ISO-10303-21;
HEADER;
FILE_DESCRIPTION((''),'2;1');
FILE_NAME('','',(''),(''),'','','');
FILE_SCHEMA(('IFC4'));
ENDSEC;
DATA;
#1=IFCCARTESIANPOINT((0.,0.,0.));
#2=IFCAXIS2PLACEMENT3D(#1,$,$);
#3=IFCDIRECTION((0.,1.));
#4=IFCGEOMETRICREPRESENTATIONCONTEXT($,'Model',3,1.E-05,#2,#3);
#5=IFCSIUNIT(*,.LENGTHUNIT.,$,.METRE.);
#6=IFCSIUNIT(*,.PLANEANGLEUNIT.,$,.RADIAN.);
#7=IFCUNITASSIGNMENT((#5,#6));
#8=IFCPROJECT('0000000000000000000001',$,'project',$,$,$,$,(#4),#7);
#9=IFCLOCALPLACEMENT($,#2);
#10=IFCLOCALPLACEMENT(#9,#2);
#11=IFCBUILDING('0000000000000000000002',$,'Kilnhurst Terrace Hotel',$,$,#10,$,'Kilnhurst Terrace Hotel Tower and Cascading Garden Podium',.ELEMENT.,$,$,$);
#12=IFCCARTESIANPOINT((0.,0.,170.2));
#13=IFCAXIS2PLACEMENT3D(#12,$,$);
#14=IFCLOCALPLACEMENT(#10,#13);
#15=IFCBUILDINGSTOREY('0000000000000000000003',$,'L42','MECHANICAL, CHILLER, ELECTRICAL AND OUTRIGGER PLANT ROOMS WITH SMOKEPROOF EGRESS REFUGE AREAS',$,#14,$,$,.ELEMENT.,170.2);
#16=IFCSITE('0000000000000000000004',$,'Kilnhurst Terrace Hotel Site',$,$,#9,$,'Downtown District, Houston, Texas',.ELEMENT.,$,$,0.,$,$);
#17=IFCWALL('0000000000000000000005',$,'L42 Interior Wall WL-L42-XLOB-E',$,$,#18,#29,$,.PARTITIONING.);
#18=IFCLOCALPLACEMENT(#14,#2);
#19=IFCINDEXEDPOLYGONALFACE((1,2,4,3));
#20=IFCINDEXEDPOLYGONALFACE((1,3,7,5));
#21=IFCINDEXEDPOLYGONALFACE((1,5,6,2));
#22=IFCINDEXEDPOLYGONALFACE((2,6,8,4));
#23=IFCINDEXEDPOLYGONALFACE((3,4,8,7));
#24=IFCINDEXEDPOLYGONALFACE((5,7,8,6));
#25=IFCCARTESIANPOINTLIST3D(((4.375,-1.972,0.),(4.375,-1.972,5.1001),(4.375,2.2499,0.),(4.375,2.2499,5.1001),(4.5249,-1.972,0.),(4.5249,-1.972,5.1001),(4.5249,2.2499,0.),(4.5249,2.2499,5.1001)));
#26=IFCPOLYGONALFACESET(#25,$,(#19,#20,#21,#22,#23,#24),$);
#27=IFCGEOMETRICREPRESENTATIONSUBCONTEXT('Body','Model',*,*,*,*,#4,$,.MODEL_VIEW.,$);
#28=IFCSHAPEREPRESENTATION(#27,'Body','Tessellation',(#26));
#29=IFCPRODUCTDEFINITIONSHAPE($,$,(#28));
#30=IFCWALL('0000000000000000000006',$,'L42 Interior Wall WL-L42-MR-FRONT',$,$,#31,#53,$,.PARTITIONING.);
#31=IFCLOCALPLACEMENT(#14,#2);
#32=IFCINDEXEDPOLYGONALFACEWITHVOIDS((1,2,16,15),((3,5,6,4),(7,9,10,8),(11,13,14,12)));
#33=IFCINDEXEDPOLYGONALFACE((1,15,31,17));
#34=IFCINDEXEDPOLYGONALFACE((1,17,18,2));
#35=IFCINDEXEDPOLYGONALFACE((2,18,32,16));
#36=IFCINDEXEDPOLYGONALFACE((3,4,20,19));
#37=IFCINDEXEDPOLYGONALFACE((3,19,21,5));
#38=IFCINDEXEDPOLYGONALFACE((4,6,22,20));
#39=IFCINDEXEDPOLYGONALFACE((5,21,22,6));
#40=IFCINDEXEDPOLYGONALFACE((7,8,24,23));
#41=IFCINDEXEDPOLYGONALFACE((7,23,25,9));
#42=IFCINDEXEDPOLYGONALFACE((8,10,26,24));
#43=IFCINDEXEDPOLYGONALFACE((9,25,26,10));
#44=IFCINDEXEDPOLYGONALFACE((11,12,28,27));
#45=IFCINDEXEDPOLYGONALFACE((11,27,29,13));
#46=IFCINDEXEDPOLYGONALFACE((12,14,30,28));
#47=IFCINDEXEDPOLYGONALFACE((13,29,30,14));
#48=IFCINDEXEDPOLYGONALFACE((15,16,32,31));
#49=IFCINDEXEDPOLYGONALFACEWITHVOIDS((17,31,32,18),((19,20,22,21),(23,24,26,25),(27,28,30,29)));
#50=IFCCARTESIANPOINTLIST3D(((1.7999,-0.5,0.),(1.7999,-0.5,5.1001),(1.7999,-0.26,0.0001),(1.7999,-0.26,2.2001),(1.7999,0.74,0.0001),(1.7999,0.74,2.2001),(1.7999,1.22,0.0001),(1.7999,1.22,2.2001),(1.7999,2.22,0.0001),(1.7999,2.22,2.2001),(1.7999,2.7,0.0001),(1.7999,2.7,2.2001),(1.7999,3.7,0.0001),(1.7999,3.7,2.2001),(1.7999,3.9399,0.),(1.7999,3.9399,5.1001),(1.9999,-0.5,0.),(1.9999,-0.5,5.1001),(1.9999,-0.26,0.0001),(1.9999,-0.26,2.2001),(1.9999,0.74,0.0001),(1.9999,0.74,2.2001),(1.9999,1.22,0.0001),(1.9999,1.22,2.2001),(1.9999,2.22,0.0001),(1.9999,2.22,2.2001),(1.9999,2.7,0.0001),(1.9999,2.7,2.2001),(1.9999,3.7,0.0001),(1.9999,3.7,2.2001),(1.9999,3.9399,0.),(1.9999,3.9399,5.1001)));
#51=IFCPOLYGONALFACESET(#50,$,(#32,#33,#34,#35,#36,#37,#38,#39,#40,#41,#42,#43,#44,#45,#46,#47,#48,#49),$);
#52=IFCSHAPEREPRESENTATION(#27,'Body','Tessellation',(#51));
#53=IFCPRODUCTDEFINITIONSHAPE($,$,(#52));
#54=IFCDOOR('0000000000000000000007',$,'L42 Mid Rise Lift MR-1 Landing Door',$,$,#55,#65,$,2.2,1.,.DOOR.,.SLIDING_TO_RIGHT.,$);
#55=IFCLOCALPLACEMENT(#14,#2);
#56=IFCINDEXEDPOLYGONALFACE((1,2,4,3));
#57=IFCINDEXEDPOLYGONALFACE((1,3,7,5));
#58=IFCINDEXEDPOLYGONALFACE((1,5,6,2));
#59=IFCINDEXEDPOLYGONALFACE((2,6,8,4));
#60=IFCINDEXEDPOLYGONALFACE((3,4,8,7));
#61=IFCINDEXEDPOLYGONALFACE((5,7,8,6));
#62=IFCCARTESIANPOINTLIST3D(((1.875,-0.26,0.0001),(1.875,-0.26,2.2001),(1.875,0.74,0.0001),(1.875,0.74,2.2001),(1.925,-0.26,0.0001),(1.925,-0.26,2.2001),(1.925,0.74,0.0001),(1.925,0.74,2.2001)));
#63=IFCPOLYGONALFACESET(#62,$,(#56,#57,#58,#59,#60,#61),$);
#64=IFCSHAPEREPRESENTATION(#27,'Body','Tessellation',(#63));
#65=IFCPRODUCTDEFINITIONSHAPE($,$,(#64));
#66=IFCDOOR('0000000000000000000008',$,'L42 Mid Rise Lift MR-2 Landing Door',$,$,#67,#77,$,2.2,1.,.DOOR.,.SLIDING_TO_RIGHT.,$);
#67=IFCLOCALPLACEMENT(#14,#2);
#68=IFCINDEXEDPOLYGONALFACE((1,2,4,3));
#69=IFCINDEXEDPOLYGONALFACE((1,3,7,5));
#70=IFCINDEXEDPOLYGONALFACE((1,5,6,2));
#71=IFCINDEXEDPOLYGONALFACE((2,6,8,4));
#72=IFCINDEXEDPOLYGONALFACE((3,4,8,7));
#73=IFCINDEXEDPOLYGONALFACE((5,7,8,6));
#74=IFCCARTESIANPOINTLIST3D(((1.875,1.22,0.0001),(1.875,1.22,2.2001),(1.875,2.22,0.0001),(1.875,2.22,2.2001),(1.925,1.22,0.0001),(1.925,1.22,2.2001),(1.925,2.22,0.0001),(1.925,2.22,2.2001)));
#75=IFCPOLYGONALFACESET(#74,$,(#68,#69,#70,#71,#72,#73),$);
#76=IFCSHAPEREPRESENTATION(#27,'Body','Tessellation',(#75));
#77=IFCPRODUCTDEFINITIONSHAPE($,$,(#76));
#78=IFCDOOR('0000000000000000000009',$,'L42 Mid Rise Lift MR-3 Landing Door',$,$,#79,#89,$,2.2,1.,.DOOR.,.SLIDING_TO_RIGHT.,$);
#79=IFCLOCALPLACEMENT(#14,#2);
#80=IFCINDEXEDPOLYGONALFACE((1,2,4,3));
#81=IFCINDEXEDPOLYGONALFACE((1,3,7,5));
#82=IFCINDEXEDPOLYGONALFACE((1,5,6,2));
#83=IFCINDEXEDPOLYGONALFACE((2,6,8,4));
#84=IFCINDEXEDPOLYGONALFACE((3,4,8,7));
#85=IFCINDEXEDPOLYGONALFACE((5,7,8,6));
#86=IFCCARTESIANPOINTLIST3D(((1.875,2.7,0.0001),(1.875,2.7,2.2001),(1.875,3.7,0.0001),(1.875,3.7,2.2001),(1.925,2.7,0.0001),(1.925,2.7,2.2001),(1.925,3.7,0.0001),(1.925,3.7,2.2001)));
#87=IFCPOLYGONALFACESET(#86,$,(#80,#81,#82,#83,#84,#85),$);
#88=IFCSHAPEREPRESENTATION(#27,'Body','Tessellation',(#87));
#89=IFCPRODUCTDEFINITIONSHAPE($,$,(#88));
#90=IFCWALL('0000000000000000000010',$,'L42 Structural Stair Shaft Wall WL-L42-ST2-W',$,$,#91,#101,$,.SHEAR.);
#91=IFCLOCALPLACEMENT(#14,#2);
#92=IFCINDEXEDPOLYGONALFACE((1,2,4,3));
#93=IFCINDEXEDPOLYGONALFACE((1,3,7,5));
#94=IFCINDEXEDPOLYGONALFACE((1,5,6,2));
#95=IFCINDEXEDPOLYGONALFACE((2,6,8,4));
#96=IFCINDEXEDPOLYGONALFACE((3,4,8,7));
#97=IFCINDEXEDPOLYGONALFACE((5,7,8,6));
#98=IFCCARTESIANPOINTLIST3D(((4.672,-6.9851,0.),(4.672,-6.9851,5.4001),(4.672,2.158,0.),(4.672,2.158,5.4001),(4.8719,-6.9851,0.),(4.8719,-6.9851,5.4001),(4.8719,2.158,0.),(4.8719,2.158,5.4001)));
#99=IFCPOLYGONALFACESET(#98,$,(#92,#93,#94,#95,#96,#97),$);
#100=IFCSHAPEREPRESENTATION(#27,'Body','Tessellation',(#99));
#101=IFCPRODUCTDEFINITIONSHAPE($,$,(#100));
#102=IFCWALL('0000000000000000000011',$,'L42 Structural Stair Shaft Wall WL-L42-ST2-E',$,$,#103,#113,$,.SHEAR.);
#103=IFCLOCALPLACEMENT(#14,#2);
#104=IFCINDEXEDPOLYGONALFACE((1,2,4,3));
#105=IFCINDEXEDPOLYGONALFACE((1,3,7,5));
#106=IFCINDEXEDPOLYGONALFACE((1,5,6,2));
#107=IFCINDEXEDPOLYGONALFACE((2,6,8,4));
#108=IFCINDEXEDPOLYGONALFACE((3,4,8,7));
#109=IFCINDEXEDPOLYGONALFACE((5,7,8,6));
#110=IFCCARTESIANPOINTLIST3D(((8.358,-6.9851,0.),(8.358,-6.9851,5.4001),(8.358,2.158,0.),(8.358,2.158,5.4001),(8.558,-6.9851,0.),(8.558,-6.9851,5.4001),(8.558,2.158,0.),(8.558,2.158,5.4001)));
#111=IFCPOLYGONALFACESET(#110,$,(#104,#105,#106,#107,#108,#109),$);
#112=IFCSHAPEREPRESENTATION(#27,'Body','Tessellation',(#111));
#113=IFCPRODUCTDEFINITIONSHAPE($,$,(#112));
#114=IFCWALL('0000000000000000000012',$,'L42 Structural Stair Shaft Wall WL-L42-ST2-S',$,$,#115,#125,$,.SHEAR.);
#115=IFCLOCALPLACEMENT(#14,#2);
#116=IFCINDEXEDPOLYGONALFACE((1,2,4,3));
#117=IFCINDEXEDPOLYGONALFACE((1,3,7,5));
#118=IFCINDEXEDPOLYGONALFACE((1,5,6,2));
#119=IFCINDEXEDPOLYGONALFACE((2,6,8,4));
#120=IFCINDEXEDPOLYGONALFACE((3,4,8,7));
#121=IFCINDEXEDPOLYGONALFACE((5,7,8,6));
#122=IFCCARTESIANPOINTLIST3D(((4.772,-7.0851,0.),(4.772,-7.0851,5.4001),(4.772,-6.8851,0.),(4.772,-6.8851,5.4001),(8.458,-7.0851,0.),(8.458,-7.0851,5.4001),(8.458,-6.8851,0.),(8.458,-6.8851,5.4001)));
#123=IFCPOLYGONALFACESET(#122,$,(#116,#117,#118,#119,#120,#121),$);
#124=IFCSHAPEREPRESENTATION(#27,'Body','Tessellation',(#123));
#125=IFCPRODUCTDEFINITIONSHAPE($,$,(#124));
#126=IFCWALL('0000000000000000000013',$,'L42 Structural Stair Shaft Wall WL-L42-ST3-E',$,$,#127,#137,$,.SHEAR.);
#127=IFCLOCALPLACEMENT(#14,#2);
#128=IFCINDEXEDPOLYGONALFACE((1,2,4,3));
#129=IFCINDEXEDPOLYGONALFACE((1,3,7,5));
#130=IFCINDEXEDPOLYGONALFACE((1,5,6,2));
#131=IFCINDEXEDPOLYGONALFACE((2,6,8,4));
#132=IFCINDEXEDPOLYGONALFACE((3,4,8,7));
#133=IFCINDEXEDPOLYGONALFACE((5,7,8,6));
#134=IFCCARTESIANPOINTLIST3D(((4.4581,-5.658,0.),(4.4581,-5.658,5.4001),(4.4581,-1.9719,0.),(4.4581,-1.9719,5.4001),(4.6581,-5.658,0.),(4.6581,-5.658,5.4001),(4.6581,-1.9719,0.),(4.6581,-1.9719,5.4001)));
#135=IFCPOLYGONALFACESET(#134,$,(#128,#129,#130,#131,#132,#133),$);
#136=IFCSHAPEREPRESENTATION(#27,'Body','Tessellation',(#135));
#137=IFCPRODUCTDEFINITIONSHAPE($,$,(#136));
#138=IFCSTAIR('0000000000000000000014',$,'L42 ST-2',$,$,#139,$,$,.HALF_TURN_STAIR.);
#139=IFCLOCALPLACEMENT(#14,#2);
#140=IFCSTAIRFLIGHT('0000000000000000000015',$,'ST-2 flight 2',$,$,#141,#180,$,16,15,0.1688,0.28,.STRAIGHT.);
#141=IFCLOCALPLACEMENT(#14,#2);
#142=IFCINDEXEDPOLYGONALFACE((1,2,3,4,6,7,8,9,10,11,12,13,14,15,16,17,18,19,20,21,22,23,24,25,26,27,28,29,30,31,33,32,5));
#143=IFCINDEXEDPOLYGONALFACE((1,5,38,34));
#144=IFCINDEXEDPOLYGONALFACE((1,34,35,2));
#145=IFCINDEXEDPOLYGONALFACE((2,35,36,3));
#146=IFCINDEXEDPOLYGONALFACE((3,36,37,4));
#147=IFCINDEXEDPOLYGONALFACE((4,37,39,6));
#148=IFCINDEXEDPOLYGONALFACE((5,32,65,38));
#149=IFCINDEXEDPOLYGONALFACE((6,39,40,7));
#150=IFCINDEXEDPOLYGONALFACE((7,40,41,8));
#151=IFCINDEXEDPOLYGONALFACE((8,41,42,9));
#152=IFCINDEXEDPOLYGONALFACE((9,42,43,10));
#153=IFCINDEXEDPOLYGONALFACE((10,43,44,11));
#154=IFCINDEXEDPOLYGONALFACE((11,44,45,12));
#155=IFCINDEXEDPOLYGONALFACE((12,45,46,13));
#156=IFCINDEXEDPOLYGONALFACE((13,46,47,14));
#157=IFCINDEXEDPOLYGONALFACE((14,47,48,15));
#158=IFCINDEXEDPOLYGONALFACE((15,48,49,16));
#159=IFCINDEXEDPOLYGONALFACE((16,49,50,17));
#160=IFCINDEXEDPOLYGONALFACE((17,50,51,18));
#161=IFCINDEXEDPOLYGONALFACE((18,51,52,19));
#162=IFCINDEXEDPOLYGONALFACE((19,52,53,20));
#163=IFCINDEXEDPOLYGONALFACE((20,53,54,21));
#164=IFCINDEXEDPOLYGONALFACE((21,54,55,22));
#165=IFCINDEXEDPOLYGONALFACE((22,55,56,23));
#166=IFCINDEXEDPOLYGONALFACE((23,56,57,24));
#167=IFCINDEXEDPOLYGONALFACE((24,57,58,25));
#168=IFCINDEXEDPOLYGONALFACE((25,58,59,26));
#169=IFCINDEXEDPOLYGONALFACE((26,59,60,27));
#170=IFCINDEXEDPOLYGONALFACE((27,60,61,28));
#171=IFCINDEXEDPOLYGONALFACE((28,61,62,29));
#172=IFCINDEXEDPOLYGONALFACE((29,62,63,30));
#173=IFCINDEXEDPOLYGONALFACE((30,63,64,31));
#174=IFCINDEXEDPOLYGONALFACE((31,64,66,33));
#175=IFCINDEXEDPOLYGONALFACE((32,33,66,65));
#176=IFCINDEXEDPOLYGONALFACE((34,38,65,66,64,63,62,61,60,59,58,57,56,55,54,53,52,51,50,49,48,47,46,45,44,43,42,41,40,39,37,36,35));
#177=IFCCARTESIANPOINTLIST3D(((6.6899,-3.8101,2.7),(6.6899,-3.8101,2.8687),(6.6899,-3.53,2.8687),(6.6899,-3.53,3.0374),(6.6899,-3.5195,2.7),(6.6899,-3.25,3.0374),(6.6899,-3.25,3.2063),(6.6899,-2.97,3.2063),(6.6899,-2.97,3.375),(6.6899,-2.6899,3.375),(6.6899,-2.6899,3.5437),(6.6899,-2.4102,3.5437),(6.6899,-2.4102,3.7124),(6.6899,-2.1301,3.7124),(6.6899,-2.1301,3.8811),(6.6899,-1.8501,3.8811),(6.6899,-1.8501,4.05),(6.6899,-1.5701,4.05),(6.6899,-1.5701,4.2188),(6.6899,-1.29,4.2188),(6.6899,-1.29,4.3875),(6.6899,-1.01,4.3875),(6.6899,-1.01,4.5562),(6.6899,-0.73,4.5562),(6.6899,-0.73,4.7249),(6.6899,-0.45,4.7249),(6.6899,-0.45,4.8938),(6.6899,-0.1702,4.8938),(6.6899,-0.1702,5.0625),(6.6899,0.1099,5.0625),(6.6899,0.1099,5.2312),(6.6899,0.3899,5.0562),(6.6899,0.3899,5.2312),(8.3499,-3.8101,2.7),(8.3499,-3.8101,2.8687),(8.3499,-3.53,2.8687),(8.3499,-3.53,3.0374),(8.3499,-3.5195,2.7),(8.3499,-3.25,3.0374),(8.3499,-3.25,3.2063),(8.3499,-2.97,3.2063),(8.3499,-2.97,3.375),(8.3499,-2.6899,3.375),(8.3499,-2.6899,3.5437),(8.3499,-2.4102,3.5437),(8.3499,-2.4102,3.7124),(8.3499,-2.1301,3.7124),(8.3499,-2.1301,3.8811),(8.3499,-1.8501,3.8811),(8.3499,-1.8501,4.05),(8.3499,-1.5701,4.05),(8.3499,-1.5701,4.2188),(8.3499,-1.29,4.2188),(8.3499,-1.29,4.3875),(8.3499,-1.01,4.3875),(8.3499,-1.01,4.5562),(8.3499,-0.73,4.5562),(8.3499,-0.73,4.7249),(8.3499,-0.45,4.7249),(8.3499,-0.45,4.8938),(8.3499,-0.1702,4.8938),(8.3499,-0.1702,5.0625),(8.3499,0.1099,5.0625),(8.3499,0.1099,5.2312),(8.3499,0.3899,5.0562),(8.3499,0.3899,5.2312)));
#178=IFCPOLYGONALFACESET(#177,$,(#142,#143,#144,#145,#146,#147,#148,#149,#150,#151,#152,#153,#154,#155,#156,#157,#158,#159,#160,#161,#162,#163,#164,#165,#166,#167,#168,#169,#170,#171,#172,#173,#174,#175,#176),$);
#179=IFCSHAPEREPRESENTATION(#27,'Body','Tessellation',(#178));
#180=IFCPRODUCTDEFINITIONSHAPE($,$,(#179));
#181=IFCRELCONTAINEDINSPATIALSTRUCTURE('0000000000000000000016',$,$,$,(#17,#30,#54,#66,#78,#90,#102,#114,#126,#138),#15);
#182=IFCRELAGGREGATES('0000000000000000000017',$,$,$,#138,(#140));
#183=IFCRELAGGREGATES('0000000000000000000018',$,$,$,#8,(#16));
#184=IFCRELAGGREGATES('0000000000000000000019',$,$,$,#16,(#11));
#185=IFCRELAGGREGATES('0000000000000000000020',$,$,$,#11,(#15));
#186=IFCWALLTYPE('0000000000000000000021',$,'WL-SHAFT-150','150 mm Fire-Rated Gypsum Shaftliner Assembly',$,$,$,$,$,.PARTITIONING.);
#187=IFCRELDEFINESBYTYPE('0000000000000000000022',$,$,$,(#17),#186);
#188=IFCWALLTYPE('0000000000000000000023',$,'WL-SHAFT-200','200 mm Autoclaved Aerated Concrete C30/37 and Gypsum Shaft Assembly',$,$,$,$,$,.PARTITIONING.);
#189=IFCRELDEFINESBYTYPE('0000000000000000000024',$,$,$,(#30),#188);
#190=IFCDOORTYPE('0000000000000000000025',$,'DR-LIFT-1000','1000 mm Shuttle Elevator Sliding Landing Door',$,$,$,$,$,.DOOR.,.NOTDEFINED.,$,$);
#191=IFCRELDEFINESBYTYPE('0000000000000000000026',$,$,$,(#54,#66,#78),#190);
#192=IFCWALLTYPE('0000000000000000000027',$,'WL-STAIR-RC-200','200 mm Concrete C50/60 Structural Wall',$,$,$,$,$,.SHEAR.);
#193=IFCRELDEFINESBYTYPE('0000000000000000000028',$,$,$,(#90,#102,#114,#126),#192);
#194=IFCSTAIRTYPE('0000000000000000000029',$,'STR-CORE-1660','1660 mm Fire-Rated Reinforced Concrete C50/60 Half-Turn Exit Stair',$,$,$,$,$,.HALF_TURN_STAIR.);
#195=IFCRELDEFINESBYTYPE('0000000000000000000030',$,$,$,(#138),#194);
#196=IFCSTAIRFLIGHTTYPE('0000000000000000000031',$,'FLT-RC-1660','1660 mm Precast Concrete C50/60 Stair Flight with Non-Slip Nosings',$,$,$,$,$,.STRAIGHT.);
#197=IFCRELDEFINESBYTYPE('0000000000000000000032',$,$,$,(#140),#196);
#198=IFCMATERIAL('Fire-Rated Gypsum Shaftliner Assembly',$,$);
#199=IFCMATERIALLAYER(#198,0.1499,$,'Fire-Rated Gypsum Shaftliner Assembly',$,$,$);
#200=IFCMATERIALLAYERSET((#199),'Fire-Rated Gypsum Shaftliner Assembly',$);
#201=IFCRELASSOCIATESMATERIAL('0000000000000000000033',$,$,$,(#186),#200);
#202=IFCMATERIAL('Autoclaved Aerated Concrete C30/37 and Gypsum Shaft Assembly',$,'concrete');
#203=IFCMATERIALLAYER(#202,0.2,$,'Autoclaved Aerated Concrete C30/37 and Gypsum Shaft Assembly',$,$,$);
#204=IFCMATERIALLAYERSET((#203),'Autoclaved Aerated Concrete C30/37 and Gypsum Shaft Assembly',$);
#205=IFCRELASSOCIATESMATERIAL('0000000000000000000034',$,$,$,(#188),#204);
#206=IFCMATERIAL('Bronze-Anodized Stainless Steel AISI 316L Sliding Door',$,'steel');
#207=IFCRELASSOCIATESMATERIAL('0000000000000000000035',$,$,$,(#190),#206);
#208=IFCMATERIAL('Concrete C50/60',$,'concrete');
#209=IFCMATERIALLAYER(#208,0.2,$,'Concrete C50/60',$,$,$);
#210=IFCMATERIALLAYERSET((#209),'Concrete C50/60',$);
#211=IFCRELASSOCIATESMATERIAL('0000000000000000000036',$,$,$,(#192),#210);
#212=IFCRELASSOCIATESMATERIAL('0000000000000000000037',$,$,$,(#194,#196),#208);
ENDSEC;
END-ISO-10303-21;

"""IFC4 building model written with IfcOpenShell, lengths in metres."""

from ifc_helpers import new_model, si_unit, direction, frame, frame_2d, origin, place, context, subcontext, project, spatial, polyline, rectangle, outline, extrude, material, layer, layer_set, type_object, element, fill, aggregate, save


model = new_model("IFC4")

# Units and contexts
model_context = context("Model", 3, precision=1e-05, world=origin(), true_north=direction((0.0, 1.0)))
body_context = subcontext(model_context, "Body", "Model", "MODEL_VIEW")
ifc_project = project(units=[si_unit("LENGTHUNIT", "METRE"), si_unit("PLANEANGLEUNIT", "RADIAN")], contexts=[model_context])

# Site, building, storey
site_placement = place(None, origin())
site = spatial("IfcSite", under=ifc_project, at=site_placement, Name="Kilnhurst Terrace Hotel Site", LongName="Downtown District, Houston, Texas", CompositionType="ELEMENT", RefElevation=0.0)
building_placement = place(site_placement, origin())
building = spatial("IfcBuilding", under=site, at=building_placement, Name="Kilnhurst Terrace Hotel", LongName="Kilnhurst Terrace Hotel Tower and Cascading Garden Podium", CompositionType="ELEMENT")
storey_placement = place(building_placement, frame((0.0, 0.0, 170.2)))
storey = spatial("IfcBuildingStorey", under=building, at=storey_placement, Name="L42", Description="MECHANICAL, CHILLER, ELECTRICAL AND OUTRIGGER PLANT ROOMS WITH SMOKEPROOF EGRESS REFUGE AREAS", CompositionType="ELEMENT", Elevation=170.2)

# Shared definitions
ifc_material_1 = material(Name="Concrete C50/60", Category="concrete")

# Wall
ifc_material_2 = material(Name="Fire-Rated Gypsum Shaftliner Assembly")
ifc_layer_1 = layer(ifc_material_2, 0.1499, Name="Fire-Rated Gypsum Shaftliner Assembly")
ifc_layer_set_1 = layer_set([ifc_layer_1], Name="Fire-Rated Gypsum Shaftliner Assembly")
wall_type_1 = type_object("IfcWallType", Name="WL-SHAFT-150", Description="150 mm Fire-Rated Gypsum Shaftliner Assembly", PredefinedType="PARTITIONING", material=ifc_layer_set_1)
wall_1_placement = place(storey_placement, frame((4.45, -1.9719, 0.0), z_axis=(0.0, 0.0, 1.0), x_axis=(0.0, 1.0, 0.0)))
element("IfcWall", 1, at=wall_1_placement, inside=storey, type_object=wall_type_1, Name="L42 Interior Wall WL-L42-XLOB-E", PredefinedType="PARTITIONING", context=body_context, shape_type="SweptSolid", body=[
    extrude(rectangle(XDim=4.2219, YDim=0.1499, at=frame_2d((2.1108, 0.0))), origin(), (0.0, 0.0, 1.0), 5.1001),
])

# Wall, openings, doors
ifc_material_3 = material(Name="Autoclaved Aerated Concrete C30/37 and Gypsum Shaft Assembly", Category="concrete")
ifc_layer_2 = layer(ifc_material_3, 0.2, Name="Autoclaved Aerated Concrete C30/37 and Gypsum Shaft Assembly")
ifc_layer_set_2 = layer_set([ifc_layer_2], Name="Autoclaved Aerated Concrete C30/37 and Gypsum Shaft Assembly")
wall_type_2 = type_object("IfcWallType", Name="WL-SHAFT-200", Description="200 mm Autoclaved Aerated Concrete C30/37 and Gypsum Shaft Assembly", PredefinedType="PARTITIONING", material=ifc_layer_set_2)
wall_2_placement = place(storey_placement, frame((1.8999, -0.5, 0.0), z_axis=(0.0, 0.0, 1.0), x_axis=(0.0, 1.0, 0.0)))
wall_2 = element("IfcWall", 2, at=wall_2_placement, inside=storey, type_object=wall_type_2, Name="L42 Interior Wall WL-L42-MR-FRONT", PredefinedType="PARTITIONING", context=body_context, shape_type="SweptSolid", body=[
    extrude(rectangle(XDim=4.4399, YDim=0.2, at=frame_2d((2.22, 0.0))), origin(), (0.0, 0.0, 1.0), 5.1001),
])
opening_1_placement = place(wall_2_placement, frame((0.24, 0.0, 0.0)))
opening_1 = element("IfcOpeningElement", 3, at=opening_1_placement, cuts=wall_2, PredefinedType="OPENING", context=body_context, shape_type="SweptSolid", body=[
    extrude(rectangle(XDim=1.0, YDim=2.2, at=frame_2d((0.5, 1.1001))), frame((0.0, 0.1099, 0.0), z_axis=(0.0, -1.0, 0.0), x_axis=(1.0, 0.0, 0.0)), (0.0, 0.0, 1.0), 0.22),
])
opening_2_placement = place(wall_2_placement, frame((1.72, 0.0, 0.0)))
opening_2 = element("IfcOpeningElement", 4, at=opening_2_placement, cuts=wall_2, PredefinedType="OPENING", context=body_context, shape_type="SweptSolid", body=[
    extrude(rectangle(XDim=1.0, YDim=2.2, at=frame_2d((0.5, 1.1001))), frame((0.0, 0.1099, 0.0), z_axis=(0.0, -1.0, 0.0), x_axis=(1.0, 0.0, 0.0)), (0.0, 0.0, 1.0), 0.22),
])
opening_3_placement = place(wall_2_placement, frame((3.2, 0.0, 0.0)))
opening_3 = element("IfcOpeningElement", 5, at=opening_3_placement, cuts=wall_2, PredefinedType="OPENING", context=body_context, shape_type="SweptSolid", body=[
    extrude(rectangle(XDim=1.0, YDim=2.2, at=frame_2d((0.5, 1.1001))), frame((0.0, 0.1099, 0.0), z_axis=(0.0, -1.0, 0.0), x_axis=(1.0, 0.0, 0.0)), (0.0, 0.0, 1.0), 0.22),
])
ifc_material_4 = material(Name="Bronze-Anodized Stainless Steel AISI 316L Sliding Door", Category="steel")
door_type = type_object("IfcDoorType", Name="DR-LIFT-1000", Description="1000 mm Shuttle Elevator Sliding Landing Door", OperationType="NOTDEFINED", PredefinedType="DOOR", material=ifc_material_4)
door_1_placement = place(opening_1_placement, origin())
door_1 = element("IfcDoor", 6, at=door_1_placement, inside=storey, type_object=door_type, Name="L42 Mid Rise Lift MR-1 Landing Door", OperationType="SLIDING_TO_RIGHT", OverallHeight=2.2, OverallWidth=1.0, PredefinedType="DOOR", context=body_context, shape_type="SweptSolid", body=[
    extrude(rectangle(XDim=1.0, YDim=2.2, at=frame_2d((0.5, 1.1001))), frame((0.0, 0.0249, 0.0), z_axis=(0.0, -1.0, 0.0), x_axis=(1.0, 0.0, 0.0)), (0.0, 0.0, 1.0), 0.05),
])
fill(opening_1, door_1)
door_2_placement = place(opening_2_placement, origin())
door_2 = element("IfcDoor", 7, at=door_2_placement, inside=storey, type_object=door_type, Name="L42 Mid Rise Lift MR-2 Landing Door", OperationType="SLIDING_TO_RIGHT", OverallHeight=2.2, OverallWidth=1.0, PredefinedType="DOOR", context=body_context, shape_type="SweptSolid", body=[
    extrude(rectangle(XDim=1.0, YDim=2.2, at=frame_2d((0.5, 1.1001))), frame((0.0, 0.0249, 0.0), z_axis=(0.0, -1.0, 0.0), x_axis=(1.0, 0.0, 0.0)), (0.0, 0.0, 1.0), 0.05),
])
fill(opening_2, door_2)
door_3_placement = place(opening_3_placement, origin())
door_3 = element("IfcDoor", 8, at=door_3_placement, inside=storey, type_object=door_type, Name="L42 Mid Rise Lift MR-3 Landing Door", OperationType="SLIDING_TO_RIGHT", OverallHeight=2.2, OverallWidth=1.0, PredefinedType="DOOR", context=body_context, shape_type="SweptSolid", body=[
    extrude(rectangle(XDim=1.0, YDim=2.2, at=frame_2d((0.5, 1.1001))), frame((0.0, 0.0249, 0.0), z_axis=(0.0, -1.0, 0.0), x_axis=(1.0, 0.0, 0.0)), (0.0, 0.0, 1.0), 0.05),
])
fill(opening_3, door_3)

# Walls
ifc_layer_3 = layer(ifc_material_1, 0.2, Name="Concrete C50/60")
ifc_layer_set_3 = layer_set([ifc_layer_3], Name="Concrete C50/60")
wall_type_3 = type_object("IfcWallType", Name="WL-STAIR-RC-200", Description="200 mm Concrete C50/60 Structural Wall", PredefinedType="SHEAR", material=ifc_layer_set_3)
for number, where, z_axis, x_axis, name in (
    (9, (4.772, -6.9851, 0.0), (0.0, 0.0, 1.0), (0.0, 1.0, 0.0), "L42 Structural Stair Shaft Wall WL-L42-ST2-W"),
    (10, (8.458, -6.9851, 0.0), (0.0, 0.0, 1.0), (0.0, 1.0, 0.0), "L42 Structural Stair Shaft Wall WL-L42-ST2-E"),
):
    element("IfcWall", number, at=place(storey_placement, frame(where, z_axis=z_axis, x_axis=x_axis)), inside=storey, type_object=wall_type_3, Name=name, PredefinedType="SHEAR", context=body_context, shape_type="SweptSolid", body=[
        extrude(rectangle(XDim=9.1431, YDim=0.2, at=frame_2d((4.5715, 0.0))), origin(), (0.0, 0.0, 1.0), 5.4001),
    ])
for number, where, z_axis, x_axis, name in (
    (11, (4.772, -6.9851, 0.0), (0.0, 0.0, 1.0), (1.0, 0.0, 0.0), "L42 Structural Stair Shaft Wall WL-L42-ST2-S"),
    (12, (4.5581, -5.658, 0.0), (0.0, 0.0, 1.0), (0.0, 1.0, 0.0), "L42 Structural Stair Shaft Wall WL-L42-ST3-E"),
):
    element("IfcWall", number, at=place(storey_placement, frame(where, z_axis=z_axis, x_axis=x_axis)), inside=storey, type_object=wall_type_3, Name=name, PredefinedType="SHEAR", context=body_context, shape_type="SweptSolid", body=[
        extrude(rectangle(XDim=3.686, YDim=0.2, at=frame_2d((1.843, 0.0))), origin(), (0.0, 0.0, 1.0), 5.4001),
    ])

# Stair, stair flight
stair_type = type_object("IfcStairType", Name="STR-CORE-1660", Description="1660 mm Fire-Rated Reinforced Concrete C50/60 Half-Turn Exit Stair", PredefinedType="HALF_TURN_STAIR", material=ifc_material_1)
stair_1_placement = place(storey_placement, origin())
stair_1 = element("IfcStair", 13, at=stair_1_placement, inside=storey, type_object=stair_type, Name="L42 ST-2", PredefinedType="HALF_TURN_STAIR")
stair_flight_type = type_object("IfcStairFlightType", Name="FLT-RC-1660", Description="1660 mm Precast Concrete C50/60 Stair Flight with Non-Slip Nosings", PredefinedType="STRAIGHT", material=ifc_material_1)
stair_flight_1_placement = place(storey_placement, frame((7.52, -3.8101, 2.7), z_axis=(0.0, 0.0, 1.0), x_axis=(0.0, 1.0, 0.0)))
stair_flight_1 = element("IfcStairFlight", 14, at=stair_flight_1_placement, type_object=stair_flight_type, Name="ST-2 flight 2", NumberOfRisers=16, NumberOfTreads=15, PredefinedType="STRAIGHT", RiserHeight=0.1688, TreadLength=0.28, context=body_context, shape_type="SweptSolid", body=[
    extrude(outline(polyline([(0.0, 0.0), (0.0, 0.1687), (0.28, 0.1687), (0.28, 0.3374), (0.5601, 0.3374), (0.5601, 0.5063), (0.8401, 0.5063), (0.8401, 0.675), (1.1201, 0.675), (1.1201, 0.8438), (1.3999, 0.8438), (1.3999, 1.0125), (1.6799, 1.0125), (1.6799, 1.1812), (1.96, 1.1812), (1.96, 1.3501), (2.24, 1.3501), (2.24, 1.5188), (2.52, 1.5188), (2.52, 1.6875), (2.8, 1.6875), (2.8, 1.8562), (3.0801, 1.8562), (3.0801, 2.0249), (3.3601, 2.0249), (3.3601, 2.1938), (3.6399, 2.1938), (3.6399, 2.3625), (3.9199, 2.3625), (3.9199, 2.5312), (4.2, 2.5312), (4.2, 2.7), (4.2, 2.3562), (0.2905, 0.0), (0.0, 0.0)])), frame((0.0, 0.8301, 0.0), z_axis=(0.0, -1.0, 0.0), x_axis=(1.0, 0.0, 0.0)), (0.0, 0.0, 1.0), 1.6599),
])
aggregate(stair_1, [stair_flight_1])

save(model, "model.ifc")
